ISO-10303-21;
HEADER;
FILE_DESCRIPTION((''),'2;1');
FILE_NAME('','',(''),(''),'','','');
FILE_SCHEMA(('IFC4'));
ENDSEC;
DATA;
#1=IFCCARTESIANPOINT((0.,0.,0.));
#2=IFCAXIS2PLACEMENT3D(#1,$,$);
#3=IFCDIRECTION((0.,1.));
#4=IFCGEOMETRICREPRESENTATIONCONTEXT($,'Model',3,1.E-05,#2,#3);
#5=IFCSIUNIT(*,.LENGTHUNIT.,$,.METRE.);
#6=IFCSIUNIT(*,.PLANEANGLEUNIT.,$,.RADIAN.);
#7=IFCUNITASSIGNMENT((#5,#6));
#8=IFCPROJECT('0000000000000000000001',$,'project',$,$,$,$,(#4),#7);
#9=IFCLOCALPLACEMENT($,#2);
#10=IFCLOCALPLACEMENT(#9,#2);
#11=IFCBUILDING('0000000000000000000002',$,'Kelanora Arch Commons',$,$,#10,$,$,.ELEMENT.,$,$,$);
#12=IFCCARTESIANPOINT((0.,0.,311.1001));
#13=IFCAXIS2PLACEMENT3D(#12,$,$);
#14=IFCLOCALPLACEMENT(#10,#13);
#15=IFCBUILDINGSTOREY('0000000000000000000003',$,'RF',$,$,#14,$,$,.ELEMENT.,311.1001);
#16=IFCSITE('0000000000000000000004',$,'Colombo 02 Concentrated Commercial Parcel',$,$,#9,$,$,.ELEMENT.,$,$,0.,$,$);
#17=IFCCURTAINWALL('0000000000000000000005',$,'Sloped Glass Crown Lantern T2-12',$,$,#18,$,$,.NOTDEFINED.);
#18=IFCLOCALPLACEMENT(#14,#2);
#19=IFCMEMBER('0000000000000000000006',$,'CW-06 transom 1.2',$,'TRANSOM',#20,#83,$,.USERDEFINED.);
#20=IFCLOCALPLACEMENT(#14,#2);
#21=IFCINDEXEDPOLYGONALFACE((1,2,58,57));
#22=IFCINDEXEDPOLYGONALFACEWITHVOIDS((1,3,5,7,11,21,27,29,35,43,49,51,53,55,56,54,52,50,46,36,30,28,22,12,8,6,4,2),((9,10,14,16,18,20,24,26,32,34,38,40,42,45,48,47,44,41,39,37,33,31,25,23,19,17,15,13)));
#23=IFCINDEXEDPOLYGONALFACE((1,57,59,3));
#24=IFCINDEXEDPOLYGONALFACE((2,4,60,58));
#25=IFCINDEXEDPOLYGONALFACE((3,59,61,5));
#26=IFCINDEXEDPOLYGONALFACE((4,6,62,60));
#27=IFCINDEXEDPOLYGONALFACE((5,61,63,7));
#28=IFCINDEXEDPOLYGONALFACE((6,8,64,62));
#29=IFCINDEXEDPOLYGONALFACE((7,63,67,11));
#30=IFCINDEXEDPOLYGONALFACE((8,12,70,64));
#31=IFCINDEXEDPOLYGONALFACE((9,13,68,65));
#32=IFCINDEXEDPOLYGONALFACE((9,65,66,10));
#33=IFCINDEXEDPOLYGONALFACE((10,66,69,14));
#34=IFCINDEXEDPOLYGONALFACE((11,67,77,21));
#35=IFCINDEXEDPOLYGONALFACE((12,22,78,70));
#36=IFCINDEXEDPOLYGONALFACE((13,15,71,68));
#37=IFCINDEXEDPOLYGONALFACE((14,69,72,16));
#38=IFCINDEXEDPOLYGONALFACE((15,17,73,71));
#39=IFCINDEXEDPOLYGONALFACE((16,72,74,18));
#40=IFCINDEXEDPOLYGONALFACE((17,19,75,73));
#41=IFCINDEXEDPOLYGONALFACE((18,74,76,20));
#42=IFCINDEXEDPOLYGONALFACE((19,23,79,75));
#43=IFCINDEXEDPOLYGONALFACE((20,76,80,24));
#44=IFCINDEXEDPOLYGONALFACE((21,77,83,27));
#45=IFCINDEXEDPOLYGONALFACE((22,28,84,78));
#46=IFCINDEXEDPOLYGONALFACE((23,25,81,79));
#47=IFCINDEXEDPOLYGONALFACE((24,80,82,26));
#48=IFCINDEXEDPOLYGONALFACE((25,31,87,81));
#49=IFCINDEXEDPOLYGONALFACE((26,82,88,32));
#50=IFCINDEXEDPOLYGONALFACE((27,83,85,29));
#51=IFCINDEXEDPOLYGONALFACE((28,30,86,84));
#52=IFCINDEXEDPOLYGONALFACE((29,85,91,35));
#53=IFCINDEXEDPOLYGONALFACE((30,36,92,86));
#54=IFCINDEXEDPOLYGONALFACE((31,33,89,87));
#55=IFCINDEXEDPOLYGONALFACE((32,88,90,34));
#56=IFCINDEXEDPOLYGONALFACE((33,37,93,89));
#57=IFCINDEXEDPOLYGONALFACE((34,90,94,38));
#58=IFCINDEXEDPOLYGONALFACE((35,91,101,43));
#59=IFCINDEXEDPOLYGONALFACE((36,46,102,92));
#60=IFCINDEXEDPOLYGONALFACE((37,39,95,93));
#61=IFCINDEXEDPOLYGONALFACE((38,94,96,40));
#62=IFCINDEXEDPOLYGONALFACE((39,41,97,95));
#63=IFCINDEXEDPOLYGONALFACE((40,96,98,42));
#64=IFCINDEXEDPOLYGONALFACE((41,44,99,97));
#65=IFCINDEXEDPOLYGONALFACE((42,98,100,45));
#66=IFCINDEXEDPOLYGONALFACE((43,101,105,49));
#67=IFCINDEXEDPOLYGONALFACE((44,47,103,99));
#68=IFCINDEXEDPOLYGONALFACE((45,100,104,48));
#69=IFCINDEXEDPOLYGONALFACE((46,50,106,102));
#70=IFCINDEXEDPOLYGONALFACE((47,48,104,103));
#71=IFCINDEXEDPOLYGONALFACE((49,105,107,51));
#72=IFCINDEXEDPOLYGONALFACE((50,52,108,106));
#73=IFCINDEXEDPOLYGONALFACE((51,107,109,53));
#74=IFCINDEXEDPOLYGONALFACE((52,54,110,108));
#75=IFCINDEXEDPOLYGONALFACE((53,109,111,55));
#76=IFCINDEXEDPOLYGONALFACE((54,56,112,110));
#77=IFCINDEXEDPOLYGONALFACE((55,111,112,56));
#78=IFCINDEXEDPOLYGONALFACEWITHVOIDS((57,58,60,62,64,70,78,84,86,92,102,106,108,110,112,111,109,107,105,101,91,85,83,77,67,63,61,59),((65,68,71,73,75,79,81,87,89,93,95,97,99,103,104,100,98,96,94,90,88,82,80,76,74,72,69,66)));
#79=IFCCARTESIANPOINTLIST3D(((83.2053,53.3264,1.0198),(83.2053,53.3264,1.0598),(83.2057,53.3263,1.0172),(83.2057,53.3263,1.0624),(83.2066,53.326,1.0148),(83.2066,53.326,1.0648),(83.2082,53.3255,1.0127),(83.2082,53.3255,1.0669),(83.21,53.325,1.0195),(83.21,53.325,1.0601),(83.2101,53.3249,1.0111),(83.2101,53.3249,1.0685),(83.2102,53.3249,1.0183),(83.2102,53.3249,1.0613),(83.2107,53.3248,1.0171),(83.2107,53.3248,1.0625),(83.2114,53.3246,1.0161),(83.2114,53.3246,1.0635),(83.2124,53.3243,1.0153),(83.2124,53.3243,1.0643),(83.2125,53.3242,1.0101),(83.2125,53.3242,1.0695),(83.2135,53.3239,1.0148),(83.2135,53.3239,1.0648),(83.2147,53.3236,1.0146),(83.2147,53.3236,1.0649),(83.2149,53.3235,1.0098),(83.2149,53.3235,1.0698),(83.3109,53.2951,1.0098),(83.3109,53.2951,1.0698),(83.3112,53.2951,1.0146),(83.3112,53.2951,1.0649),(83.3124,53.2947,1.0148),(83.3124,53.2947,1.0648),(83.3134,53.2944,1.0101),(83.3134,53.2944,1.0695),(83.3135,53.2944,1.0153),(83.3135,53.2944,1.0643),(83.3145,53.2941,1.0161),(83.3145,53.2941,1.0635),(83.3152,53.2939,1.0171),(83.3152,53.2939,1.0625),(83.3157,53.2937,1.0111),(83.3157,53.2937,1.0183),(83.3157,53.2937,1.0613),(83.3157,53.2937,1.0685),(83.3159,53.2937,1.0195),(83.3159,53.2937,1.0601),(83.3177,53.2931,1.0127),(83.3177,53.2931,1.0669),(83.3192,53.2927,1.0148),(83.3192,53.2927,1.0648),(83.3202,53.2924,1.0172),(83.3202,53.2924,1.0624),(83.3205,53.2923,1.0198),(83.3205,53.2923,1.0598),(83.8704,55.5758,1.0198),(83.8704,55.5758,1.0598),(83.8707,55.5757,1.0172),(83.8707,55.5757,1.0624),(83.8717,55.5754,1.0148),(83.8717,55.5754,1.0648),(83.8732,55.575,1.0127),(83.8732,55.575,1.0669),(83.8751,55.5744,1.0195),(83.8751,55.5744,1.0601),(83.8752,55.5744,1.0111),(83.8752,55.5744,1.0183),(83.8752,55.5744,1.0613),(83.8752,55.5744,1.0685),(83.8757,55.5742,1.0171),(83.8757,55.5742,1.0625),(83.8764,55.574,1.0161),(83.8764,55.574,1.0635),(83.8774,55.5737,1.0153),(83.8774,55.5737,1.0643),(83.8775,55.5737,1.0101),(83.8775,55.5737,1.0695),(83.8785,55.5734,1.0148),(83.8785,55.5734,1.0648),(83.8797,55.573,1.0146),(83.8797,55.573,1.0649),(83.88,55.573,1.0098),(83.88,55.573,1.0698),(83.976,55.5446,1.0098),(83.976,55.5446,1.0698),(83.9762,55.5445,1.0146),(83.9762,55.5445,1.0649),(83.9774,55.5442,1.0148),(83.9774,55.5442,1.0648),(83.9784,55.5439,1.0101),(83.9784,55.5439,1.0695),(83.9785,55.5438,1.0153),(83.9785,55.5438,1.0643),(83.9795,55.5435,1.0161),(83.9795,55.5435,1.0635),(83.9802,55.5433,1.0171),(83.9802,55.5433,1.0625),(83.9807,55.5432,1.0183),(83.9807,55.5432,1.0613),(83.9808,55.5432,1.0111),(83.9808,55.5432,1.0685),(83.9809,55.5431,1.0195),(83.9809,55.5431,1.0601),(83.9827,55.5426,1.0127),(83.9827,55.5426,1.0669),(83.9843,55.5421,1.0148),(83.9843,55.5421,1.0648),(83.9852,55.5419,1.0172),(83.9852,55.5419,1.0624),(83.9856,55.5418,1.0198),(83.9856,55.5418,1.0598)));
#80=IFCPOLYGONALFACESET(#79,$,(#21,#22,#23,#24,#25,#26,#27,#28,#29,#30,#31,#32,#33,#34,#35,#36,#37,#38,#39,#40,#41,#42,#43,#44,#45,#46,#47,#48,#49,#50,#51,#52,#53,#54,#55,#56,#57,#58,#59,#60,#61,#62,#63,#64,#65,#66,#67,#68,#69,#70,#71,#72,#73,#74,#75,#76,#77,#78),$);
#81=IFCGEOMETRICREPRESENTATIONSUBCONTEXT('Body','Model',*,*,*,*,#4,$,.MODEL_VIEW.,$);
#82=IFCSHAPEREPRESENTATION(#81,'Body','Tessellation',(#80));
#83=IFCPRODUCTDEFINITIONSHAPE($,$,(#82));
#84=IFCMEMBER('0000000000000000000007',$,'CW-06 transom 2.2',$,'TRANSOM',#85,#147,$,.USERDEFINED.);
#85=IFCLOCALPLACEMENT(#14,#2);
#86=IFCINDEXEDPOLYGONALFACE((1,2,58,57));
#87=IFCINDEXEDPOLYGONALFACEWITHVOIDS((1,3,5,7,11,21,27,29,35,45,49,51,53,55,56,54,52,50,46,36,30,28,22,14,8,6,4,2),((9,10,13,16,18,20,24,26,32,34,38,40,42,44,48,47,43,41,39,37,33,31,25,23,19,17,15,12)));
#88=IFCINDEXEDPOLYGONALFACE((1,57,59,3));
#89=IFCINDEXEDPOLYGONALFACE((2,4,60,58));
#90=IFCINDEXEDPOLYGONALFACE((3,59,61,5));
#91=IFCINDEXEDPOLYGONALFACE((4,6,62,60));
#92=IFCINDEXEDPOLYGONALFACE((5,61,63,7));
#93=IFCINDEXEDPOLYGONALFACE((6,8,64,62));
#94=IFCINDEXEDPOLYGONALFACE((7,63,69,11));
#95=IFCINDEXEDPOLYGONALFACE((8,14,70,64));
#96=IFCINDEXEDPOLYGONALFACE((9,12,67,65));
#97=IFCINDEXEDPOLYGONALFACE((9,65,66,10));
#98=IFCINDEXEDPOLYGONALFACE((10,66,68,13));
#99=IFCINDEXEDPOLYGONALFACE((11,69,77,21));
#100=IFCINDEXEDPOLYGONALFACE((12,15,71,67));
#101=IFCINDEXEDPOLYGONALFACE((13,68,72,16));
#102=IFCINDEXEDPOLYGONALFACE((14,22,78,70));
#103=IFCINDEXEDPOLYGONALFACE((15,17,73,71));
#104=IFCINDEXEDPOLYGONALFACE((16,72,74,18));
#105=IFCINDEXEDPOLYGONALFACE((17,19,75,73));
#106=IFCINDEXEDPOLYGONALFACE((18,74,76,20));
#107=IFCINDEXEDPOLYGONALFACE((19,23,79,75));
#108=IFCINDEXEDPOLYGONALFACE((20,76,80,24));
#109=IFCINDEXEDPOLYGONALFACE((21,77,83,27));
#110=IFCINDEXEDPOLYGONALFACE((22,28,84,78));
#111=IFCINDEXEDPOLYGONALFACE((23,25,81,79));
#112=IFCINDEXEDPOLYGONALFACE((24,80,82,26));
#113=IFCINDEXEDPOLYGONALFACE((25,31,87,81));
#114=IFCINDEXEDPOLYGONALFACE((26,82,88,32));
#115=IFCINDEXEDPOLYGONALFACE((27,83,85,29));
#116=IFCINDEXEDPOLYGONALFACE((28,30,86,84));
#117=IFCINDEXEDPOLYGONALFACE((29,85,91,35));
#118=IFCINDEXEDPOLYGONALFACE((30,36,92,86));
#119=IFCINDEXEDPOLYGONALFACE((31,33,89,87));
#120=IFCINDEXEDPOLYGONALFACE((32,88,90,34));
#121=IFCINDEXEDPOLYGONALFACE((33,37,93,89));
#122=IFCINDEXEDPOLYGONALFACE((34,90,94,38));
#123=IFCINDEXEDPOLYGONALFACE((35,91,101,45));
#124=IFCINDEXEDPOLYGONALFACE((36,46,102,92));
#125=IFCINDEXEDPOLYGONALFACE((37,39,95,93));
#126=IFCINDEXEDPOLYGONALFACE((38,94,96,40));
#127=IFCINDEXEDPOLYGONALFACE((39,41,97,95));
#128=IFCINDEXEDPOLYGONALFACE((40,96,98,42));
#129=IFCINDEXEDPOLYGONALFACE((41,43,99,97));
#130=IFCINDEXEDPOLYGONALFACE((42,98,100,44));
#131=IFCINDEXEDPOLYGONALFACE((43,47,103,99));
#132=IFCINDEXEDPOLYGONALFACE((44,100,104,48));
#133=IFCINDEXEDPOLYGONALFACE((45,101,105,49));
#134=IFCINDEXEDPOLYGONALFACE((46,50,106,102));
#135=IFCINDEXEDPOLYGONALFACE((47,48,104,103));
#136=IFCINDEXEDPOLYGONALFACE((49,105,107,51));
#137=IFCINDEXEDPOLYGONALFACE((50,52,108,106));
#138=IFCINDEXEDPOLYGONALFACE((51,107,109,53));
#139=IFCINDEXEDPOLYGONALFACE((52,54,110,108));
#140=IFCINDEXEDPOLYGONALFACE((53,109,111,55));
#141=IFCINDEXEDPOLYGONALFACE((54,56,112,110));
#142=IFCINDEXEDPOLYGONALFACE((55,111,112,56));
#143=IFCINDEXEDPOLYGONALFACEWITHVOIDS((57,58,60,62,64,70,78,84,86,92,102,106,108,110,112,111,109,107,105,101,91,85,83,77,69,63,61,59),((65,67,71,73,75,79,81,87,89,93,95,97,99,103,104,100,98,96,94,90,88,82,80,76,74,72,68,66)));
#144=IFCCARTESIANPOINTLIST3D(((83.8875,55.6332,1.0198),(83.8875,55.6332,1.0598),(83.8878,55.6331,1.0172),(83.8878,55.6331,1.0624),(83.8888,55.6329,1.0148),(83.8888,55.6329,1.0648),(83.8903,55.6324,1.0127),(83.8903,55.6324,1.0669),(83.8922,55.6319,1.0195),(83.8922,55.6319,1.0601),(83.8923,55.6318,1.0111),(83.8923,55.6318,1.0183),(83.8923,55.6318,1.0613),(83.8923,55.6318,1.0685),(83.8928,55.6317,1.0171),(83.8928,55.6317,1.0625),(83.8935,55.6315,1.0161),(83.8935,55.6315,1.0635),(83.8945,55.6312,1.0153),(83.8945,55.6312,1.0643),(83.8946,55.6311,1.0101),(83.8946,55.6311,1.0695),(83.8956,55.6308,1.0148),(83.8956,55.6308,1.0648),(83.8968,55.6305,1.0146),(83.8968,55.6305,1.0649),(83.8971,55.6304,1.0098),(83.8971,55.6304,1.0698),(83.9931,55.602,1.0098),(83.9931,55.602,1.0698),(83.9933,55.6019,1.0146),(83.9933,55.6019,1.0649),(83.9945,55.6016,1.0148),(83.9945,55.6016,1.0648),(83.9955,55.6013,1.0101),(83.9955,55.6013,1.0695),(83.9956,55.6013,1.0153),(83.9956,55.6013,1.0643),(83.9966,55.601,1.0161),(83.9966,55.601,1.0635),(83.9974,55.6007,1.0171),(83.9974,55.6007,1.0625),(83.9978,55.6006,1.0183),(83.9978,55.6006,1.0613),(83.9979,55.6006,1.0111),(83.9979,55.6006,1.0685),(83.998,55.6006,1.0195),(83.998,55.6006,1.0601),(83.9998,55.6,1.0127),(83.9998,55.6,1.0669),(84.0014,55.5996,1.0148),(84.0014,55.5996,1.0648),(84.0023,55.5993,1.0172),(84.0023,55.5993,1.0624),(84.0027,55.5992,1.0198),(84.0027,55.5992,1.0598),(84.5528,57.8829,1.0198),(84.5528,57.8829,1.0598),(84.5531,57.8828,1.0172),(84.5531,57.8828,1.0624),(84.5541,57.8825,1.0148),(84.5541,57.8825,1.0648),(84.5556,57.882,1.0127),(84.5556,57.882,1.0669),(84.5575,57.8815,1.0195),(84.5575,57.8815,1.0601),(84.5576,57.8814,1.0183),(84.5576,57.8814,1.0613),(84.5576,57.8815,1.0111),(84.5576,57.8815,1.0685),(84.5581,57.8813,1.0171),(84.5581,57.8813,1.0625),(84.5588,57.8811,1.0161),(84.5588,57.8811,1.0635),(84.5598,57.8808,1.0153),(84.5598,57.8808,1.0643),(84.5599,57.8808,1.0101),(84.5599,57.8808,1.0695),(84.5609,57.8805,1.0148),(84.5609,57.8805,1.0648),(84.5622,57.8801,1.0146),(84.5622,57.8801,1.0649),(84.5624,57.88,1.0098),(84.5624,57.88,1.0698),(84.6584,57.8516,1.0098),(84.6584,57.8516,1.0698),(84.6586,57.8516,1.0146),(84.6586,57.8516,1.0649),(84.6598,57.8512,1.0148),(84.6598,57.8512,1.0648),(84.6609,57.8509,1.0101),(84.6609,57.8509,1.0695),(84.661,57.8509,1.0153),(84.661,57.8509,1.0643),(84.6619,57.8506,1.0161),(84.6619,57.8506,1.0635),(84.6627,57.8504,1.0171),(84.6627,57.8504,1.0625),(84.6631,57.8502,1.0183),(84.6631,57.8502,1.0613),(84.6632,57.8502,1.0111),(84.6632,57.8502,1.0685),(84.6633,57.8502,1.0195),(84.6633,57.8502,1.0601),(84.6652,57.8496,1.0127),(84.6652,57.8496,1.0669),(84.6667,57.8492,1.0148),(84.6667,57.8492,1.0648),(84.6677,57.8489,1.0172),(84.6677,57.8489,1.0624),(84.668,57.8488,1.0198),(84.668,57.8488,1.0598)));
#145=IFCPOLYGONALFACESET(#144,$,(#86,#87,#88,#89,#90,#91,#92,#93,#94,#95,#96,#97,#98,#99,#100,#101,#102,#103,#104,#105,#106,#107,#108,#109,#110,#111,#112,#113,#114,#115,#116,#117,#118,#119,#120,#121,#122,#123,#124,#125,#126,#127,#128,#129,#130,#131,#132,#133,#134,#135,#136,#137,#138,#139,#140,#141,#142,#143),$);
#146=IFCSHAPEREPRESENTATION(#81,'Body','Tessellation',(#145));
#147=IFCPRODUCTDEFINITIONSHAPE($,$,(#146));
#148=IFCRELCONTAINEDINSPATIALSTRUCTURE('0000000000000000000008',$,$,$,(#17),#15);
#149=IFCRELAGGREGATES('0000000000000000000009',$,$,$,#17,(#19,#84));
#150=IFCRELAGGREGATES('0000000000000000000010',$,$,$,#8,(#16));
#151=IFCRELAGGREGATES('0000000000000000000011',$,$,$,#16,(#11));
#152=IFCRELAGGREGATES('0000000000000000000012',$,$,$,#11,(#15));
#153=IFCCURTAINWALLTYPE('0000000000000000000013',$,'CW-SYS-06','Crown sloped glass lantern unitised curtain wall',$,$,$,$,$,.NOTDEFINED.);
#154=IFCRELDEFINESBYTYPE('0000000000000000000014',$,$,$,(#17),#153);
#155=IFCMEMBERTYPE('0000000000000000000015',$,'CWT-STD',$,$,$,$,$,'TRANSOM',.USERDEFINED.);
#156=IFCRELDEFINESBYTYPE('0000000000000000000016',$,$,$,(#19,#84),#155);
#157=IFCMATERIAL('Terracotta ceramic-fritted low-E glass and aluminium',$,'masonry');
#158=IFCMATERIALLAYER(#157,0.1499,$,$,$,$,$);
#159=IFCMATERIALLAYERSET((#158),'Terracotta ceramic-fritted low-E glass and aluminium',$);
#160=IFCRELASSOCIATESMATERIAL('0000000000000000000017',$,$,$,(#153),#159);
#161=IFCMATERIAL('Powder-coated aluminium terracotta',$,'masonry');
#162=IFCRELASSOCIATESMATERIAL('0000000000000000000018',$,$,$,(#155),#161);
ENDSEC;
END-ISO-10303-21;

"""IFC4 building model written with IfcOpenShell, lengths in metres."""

from ifc_helpers import new_model, si_unit, direction, frame, origin, origin_2d, place, context, subcontext, project, spatial, hollow_rectangle, extrude, material, layer, layer_set, material_profile, profile_set, type_object, element, aggregate, save


model = new_model("IFC4")

# Units and contexts
model_context = context("Model", 3, precision=1e-05, world=origin(), true_north=direction((0.0, 1.0)))
body_context = subcontext(model_context, "Body", "Model", "MODEL_VIEW")
ifc_project = project(units=[si_unit("LENGTHUNIT", "METRE"), si_unit("PLANEANGLEUNIT", "RADIAN")], contexts=[model_context])

# Site, building, storey
site_placement = place(None, origin())
site = spatial("IfcSite", under=ifc_project, at=site_placement, Name="Colombo 02 Concentrated Commercial Parcel", CompositionType="ELEMENT", RefElevation=0.0)
building_placement = place(site_placement, origin())
building = spatial("IfcBuilding", under=site, at=building_placement, Name="Kelanora Arch Commons", CompositionType="ELEMENT")
storey_placement = place(building_placement, frame((0.0, 0.0, 311.1001)))
storey = spatial("IfcBuildingStorey", under=building, at=storey_placement, Name="RF", CompositionType="ELEMENT", Elevation=311.1001)

# Shared definitions
ifc_material_1 = material(Name="Terracotta ceramic-fritted low-E glass and aluminium", Category="masonry")
ifc_layer_1 = layer(ifc_material_1, 0.1499)
ifc_layer_set_1 = layer_set([ifc_layer_1], Name="Terracotta ceramic-fritted low-E glass and aluminium")
curtain_wall_type = type_object("IfcCurtainWallType", Name="CW-SYS-06", Description="Crown sloped glass lantern unitised curtain wall", PredefinedType="NOTDEFINED", material=ifc_layer_set_1)
ifc_material_2 = material(Name="Powder-coated aluminium terracotta", Category="masonry")

# Shared definitions
ifc_material_profile_1 = material_profile(ifc_material_2, hollow_rectangle(XDim=0.1201, YDim=0.0601, WallThickness=0.0049, InnerFilletRadius=0.0049, OuterFilletRadius=0.01, at=origin_2d()), Name="CWT120x60")
ifc_profile_set_1 = profile_set([ifc_material_profile_1], Name="Powder-coated aluminium terracotta")
member_type_1 = type_object("IfcMemberType", Name="CWT-STD", ElementType="TRANSOM", PredefinedType="USERDEFINED", material=ifc_profile_set_1)

# Curtain wall, members
curtain_wall_1_placement = place(storey_placement, origin())
curtain_wall_1 = element("IfcCurtainWall", 1, at=curtain_wall_1_placement, inside=storey, type_object=curtain_wall_type, Name="Sloped Glass Crown Lantern T2-12", PredefinedType="NOTDEFINED")
member_1_placement = place(storey_placement, frame((83.2629, 53.3093, 1.0398), z_axis=(0.283507, 0.95897, 0.0), x_axis=(-0.95897, 0.283507, 0.0)))
member_1 = element("IfcMember", 2, at=member_1_placement, type_object=member_type_1, Name="CW-06 transom 1.2", ObjectType="TRANSOM", PredefinedType="USERDEFINED", context=body_context, shape_type="SweptSolid", body=[
    extrude(hollow_rectangle(XDim=0.1201, YDim=0.0601, WallThickness=0.0049, InnerFilletRadius=0.0049, OuterFilletRadius=0.01, at=origin_2d()), origin(), (0.0, 0.0, 1.0), 2.3457),
])
member_2_placement = place(storey_placement, frame((83.9451, 55.6162, 1.0398), z_axis=(0.283603, 0.958942, 0.0), x_axis=(-0.958942, 0.283603, 0.0)))
member_2 = element("IfcMember", 3, at=member_2_placement, type_object=member_type_1, Name="CW-06 transom 2.2", ObjectType="TRANSOM", PredefinedType="USERDEFINED", context=body_context, shape_type="SweptSolid", body=[
    extrude(hollow_rectangle(XDim=0.1201, YDim=0.0601, WallThickness=0.0049, InnerFilletRadius=0.0049, OuterFilletRadius=0.01, at=origin_2d()), origin(), (0.0, 0.0, 1.0), 2.3459),
])

aggregate(curtain_wall_1, [member_1, member_2])

save(model, "model.ifc")
